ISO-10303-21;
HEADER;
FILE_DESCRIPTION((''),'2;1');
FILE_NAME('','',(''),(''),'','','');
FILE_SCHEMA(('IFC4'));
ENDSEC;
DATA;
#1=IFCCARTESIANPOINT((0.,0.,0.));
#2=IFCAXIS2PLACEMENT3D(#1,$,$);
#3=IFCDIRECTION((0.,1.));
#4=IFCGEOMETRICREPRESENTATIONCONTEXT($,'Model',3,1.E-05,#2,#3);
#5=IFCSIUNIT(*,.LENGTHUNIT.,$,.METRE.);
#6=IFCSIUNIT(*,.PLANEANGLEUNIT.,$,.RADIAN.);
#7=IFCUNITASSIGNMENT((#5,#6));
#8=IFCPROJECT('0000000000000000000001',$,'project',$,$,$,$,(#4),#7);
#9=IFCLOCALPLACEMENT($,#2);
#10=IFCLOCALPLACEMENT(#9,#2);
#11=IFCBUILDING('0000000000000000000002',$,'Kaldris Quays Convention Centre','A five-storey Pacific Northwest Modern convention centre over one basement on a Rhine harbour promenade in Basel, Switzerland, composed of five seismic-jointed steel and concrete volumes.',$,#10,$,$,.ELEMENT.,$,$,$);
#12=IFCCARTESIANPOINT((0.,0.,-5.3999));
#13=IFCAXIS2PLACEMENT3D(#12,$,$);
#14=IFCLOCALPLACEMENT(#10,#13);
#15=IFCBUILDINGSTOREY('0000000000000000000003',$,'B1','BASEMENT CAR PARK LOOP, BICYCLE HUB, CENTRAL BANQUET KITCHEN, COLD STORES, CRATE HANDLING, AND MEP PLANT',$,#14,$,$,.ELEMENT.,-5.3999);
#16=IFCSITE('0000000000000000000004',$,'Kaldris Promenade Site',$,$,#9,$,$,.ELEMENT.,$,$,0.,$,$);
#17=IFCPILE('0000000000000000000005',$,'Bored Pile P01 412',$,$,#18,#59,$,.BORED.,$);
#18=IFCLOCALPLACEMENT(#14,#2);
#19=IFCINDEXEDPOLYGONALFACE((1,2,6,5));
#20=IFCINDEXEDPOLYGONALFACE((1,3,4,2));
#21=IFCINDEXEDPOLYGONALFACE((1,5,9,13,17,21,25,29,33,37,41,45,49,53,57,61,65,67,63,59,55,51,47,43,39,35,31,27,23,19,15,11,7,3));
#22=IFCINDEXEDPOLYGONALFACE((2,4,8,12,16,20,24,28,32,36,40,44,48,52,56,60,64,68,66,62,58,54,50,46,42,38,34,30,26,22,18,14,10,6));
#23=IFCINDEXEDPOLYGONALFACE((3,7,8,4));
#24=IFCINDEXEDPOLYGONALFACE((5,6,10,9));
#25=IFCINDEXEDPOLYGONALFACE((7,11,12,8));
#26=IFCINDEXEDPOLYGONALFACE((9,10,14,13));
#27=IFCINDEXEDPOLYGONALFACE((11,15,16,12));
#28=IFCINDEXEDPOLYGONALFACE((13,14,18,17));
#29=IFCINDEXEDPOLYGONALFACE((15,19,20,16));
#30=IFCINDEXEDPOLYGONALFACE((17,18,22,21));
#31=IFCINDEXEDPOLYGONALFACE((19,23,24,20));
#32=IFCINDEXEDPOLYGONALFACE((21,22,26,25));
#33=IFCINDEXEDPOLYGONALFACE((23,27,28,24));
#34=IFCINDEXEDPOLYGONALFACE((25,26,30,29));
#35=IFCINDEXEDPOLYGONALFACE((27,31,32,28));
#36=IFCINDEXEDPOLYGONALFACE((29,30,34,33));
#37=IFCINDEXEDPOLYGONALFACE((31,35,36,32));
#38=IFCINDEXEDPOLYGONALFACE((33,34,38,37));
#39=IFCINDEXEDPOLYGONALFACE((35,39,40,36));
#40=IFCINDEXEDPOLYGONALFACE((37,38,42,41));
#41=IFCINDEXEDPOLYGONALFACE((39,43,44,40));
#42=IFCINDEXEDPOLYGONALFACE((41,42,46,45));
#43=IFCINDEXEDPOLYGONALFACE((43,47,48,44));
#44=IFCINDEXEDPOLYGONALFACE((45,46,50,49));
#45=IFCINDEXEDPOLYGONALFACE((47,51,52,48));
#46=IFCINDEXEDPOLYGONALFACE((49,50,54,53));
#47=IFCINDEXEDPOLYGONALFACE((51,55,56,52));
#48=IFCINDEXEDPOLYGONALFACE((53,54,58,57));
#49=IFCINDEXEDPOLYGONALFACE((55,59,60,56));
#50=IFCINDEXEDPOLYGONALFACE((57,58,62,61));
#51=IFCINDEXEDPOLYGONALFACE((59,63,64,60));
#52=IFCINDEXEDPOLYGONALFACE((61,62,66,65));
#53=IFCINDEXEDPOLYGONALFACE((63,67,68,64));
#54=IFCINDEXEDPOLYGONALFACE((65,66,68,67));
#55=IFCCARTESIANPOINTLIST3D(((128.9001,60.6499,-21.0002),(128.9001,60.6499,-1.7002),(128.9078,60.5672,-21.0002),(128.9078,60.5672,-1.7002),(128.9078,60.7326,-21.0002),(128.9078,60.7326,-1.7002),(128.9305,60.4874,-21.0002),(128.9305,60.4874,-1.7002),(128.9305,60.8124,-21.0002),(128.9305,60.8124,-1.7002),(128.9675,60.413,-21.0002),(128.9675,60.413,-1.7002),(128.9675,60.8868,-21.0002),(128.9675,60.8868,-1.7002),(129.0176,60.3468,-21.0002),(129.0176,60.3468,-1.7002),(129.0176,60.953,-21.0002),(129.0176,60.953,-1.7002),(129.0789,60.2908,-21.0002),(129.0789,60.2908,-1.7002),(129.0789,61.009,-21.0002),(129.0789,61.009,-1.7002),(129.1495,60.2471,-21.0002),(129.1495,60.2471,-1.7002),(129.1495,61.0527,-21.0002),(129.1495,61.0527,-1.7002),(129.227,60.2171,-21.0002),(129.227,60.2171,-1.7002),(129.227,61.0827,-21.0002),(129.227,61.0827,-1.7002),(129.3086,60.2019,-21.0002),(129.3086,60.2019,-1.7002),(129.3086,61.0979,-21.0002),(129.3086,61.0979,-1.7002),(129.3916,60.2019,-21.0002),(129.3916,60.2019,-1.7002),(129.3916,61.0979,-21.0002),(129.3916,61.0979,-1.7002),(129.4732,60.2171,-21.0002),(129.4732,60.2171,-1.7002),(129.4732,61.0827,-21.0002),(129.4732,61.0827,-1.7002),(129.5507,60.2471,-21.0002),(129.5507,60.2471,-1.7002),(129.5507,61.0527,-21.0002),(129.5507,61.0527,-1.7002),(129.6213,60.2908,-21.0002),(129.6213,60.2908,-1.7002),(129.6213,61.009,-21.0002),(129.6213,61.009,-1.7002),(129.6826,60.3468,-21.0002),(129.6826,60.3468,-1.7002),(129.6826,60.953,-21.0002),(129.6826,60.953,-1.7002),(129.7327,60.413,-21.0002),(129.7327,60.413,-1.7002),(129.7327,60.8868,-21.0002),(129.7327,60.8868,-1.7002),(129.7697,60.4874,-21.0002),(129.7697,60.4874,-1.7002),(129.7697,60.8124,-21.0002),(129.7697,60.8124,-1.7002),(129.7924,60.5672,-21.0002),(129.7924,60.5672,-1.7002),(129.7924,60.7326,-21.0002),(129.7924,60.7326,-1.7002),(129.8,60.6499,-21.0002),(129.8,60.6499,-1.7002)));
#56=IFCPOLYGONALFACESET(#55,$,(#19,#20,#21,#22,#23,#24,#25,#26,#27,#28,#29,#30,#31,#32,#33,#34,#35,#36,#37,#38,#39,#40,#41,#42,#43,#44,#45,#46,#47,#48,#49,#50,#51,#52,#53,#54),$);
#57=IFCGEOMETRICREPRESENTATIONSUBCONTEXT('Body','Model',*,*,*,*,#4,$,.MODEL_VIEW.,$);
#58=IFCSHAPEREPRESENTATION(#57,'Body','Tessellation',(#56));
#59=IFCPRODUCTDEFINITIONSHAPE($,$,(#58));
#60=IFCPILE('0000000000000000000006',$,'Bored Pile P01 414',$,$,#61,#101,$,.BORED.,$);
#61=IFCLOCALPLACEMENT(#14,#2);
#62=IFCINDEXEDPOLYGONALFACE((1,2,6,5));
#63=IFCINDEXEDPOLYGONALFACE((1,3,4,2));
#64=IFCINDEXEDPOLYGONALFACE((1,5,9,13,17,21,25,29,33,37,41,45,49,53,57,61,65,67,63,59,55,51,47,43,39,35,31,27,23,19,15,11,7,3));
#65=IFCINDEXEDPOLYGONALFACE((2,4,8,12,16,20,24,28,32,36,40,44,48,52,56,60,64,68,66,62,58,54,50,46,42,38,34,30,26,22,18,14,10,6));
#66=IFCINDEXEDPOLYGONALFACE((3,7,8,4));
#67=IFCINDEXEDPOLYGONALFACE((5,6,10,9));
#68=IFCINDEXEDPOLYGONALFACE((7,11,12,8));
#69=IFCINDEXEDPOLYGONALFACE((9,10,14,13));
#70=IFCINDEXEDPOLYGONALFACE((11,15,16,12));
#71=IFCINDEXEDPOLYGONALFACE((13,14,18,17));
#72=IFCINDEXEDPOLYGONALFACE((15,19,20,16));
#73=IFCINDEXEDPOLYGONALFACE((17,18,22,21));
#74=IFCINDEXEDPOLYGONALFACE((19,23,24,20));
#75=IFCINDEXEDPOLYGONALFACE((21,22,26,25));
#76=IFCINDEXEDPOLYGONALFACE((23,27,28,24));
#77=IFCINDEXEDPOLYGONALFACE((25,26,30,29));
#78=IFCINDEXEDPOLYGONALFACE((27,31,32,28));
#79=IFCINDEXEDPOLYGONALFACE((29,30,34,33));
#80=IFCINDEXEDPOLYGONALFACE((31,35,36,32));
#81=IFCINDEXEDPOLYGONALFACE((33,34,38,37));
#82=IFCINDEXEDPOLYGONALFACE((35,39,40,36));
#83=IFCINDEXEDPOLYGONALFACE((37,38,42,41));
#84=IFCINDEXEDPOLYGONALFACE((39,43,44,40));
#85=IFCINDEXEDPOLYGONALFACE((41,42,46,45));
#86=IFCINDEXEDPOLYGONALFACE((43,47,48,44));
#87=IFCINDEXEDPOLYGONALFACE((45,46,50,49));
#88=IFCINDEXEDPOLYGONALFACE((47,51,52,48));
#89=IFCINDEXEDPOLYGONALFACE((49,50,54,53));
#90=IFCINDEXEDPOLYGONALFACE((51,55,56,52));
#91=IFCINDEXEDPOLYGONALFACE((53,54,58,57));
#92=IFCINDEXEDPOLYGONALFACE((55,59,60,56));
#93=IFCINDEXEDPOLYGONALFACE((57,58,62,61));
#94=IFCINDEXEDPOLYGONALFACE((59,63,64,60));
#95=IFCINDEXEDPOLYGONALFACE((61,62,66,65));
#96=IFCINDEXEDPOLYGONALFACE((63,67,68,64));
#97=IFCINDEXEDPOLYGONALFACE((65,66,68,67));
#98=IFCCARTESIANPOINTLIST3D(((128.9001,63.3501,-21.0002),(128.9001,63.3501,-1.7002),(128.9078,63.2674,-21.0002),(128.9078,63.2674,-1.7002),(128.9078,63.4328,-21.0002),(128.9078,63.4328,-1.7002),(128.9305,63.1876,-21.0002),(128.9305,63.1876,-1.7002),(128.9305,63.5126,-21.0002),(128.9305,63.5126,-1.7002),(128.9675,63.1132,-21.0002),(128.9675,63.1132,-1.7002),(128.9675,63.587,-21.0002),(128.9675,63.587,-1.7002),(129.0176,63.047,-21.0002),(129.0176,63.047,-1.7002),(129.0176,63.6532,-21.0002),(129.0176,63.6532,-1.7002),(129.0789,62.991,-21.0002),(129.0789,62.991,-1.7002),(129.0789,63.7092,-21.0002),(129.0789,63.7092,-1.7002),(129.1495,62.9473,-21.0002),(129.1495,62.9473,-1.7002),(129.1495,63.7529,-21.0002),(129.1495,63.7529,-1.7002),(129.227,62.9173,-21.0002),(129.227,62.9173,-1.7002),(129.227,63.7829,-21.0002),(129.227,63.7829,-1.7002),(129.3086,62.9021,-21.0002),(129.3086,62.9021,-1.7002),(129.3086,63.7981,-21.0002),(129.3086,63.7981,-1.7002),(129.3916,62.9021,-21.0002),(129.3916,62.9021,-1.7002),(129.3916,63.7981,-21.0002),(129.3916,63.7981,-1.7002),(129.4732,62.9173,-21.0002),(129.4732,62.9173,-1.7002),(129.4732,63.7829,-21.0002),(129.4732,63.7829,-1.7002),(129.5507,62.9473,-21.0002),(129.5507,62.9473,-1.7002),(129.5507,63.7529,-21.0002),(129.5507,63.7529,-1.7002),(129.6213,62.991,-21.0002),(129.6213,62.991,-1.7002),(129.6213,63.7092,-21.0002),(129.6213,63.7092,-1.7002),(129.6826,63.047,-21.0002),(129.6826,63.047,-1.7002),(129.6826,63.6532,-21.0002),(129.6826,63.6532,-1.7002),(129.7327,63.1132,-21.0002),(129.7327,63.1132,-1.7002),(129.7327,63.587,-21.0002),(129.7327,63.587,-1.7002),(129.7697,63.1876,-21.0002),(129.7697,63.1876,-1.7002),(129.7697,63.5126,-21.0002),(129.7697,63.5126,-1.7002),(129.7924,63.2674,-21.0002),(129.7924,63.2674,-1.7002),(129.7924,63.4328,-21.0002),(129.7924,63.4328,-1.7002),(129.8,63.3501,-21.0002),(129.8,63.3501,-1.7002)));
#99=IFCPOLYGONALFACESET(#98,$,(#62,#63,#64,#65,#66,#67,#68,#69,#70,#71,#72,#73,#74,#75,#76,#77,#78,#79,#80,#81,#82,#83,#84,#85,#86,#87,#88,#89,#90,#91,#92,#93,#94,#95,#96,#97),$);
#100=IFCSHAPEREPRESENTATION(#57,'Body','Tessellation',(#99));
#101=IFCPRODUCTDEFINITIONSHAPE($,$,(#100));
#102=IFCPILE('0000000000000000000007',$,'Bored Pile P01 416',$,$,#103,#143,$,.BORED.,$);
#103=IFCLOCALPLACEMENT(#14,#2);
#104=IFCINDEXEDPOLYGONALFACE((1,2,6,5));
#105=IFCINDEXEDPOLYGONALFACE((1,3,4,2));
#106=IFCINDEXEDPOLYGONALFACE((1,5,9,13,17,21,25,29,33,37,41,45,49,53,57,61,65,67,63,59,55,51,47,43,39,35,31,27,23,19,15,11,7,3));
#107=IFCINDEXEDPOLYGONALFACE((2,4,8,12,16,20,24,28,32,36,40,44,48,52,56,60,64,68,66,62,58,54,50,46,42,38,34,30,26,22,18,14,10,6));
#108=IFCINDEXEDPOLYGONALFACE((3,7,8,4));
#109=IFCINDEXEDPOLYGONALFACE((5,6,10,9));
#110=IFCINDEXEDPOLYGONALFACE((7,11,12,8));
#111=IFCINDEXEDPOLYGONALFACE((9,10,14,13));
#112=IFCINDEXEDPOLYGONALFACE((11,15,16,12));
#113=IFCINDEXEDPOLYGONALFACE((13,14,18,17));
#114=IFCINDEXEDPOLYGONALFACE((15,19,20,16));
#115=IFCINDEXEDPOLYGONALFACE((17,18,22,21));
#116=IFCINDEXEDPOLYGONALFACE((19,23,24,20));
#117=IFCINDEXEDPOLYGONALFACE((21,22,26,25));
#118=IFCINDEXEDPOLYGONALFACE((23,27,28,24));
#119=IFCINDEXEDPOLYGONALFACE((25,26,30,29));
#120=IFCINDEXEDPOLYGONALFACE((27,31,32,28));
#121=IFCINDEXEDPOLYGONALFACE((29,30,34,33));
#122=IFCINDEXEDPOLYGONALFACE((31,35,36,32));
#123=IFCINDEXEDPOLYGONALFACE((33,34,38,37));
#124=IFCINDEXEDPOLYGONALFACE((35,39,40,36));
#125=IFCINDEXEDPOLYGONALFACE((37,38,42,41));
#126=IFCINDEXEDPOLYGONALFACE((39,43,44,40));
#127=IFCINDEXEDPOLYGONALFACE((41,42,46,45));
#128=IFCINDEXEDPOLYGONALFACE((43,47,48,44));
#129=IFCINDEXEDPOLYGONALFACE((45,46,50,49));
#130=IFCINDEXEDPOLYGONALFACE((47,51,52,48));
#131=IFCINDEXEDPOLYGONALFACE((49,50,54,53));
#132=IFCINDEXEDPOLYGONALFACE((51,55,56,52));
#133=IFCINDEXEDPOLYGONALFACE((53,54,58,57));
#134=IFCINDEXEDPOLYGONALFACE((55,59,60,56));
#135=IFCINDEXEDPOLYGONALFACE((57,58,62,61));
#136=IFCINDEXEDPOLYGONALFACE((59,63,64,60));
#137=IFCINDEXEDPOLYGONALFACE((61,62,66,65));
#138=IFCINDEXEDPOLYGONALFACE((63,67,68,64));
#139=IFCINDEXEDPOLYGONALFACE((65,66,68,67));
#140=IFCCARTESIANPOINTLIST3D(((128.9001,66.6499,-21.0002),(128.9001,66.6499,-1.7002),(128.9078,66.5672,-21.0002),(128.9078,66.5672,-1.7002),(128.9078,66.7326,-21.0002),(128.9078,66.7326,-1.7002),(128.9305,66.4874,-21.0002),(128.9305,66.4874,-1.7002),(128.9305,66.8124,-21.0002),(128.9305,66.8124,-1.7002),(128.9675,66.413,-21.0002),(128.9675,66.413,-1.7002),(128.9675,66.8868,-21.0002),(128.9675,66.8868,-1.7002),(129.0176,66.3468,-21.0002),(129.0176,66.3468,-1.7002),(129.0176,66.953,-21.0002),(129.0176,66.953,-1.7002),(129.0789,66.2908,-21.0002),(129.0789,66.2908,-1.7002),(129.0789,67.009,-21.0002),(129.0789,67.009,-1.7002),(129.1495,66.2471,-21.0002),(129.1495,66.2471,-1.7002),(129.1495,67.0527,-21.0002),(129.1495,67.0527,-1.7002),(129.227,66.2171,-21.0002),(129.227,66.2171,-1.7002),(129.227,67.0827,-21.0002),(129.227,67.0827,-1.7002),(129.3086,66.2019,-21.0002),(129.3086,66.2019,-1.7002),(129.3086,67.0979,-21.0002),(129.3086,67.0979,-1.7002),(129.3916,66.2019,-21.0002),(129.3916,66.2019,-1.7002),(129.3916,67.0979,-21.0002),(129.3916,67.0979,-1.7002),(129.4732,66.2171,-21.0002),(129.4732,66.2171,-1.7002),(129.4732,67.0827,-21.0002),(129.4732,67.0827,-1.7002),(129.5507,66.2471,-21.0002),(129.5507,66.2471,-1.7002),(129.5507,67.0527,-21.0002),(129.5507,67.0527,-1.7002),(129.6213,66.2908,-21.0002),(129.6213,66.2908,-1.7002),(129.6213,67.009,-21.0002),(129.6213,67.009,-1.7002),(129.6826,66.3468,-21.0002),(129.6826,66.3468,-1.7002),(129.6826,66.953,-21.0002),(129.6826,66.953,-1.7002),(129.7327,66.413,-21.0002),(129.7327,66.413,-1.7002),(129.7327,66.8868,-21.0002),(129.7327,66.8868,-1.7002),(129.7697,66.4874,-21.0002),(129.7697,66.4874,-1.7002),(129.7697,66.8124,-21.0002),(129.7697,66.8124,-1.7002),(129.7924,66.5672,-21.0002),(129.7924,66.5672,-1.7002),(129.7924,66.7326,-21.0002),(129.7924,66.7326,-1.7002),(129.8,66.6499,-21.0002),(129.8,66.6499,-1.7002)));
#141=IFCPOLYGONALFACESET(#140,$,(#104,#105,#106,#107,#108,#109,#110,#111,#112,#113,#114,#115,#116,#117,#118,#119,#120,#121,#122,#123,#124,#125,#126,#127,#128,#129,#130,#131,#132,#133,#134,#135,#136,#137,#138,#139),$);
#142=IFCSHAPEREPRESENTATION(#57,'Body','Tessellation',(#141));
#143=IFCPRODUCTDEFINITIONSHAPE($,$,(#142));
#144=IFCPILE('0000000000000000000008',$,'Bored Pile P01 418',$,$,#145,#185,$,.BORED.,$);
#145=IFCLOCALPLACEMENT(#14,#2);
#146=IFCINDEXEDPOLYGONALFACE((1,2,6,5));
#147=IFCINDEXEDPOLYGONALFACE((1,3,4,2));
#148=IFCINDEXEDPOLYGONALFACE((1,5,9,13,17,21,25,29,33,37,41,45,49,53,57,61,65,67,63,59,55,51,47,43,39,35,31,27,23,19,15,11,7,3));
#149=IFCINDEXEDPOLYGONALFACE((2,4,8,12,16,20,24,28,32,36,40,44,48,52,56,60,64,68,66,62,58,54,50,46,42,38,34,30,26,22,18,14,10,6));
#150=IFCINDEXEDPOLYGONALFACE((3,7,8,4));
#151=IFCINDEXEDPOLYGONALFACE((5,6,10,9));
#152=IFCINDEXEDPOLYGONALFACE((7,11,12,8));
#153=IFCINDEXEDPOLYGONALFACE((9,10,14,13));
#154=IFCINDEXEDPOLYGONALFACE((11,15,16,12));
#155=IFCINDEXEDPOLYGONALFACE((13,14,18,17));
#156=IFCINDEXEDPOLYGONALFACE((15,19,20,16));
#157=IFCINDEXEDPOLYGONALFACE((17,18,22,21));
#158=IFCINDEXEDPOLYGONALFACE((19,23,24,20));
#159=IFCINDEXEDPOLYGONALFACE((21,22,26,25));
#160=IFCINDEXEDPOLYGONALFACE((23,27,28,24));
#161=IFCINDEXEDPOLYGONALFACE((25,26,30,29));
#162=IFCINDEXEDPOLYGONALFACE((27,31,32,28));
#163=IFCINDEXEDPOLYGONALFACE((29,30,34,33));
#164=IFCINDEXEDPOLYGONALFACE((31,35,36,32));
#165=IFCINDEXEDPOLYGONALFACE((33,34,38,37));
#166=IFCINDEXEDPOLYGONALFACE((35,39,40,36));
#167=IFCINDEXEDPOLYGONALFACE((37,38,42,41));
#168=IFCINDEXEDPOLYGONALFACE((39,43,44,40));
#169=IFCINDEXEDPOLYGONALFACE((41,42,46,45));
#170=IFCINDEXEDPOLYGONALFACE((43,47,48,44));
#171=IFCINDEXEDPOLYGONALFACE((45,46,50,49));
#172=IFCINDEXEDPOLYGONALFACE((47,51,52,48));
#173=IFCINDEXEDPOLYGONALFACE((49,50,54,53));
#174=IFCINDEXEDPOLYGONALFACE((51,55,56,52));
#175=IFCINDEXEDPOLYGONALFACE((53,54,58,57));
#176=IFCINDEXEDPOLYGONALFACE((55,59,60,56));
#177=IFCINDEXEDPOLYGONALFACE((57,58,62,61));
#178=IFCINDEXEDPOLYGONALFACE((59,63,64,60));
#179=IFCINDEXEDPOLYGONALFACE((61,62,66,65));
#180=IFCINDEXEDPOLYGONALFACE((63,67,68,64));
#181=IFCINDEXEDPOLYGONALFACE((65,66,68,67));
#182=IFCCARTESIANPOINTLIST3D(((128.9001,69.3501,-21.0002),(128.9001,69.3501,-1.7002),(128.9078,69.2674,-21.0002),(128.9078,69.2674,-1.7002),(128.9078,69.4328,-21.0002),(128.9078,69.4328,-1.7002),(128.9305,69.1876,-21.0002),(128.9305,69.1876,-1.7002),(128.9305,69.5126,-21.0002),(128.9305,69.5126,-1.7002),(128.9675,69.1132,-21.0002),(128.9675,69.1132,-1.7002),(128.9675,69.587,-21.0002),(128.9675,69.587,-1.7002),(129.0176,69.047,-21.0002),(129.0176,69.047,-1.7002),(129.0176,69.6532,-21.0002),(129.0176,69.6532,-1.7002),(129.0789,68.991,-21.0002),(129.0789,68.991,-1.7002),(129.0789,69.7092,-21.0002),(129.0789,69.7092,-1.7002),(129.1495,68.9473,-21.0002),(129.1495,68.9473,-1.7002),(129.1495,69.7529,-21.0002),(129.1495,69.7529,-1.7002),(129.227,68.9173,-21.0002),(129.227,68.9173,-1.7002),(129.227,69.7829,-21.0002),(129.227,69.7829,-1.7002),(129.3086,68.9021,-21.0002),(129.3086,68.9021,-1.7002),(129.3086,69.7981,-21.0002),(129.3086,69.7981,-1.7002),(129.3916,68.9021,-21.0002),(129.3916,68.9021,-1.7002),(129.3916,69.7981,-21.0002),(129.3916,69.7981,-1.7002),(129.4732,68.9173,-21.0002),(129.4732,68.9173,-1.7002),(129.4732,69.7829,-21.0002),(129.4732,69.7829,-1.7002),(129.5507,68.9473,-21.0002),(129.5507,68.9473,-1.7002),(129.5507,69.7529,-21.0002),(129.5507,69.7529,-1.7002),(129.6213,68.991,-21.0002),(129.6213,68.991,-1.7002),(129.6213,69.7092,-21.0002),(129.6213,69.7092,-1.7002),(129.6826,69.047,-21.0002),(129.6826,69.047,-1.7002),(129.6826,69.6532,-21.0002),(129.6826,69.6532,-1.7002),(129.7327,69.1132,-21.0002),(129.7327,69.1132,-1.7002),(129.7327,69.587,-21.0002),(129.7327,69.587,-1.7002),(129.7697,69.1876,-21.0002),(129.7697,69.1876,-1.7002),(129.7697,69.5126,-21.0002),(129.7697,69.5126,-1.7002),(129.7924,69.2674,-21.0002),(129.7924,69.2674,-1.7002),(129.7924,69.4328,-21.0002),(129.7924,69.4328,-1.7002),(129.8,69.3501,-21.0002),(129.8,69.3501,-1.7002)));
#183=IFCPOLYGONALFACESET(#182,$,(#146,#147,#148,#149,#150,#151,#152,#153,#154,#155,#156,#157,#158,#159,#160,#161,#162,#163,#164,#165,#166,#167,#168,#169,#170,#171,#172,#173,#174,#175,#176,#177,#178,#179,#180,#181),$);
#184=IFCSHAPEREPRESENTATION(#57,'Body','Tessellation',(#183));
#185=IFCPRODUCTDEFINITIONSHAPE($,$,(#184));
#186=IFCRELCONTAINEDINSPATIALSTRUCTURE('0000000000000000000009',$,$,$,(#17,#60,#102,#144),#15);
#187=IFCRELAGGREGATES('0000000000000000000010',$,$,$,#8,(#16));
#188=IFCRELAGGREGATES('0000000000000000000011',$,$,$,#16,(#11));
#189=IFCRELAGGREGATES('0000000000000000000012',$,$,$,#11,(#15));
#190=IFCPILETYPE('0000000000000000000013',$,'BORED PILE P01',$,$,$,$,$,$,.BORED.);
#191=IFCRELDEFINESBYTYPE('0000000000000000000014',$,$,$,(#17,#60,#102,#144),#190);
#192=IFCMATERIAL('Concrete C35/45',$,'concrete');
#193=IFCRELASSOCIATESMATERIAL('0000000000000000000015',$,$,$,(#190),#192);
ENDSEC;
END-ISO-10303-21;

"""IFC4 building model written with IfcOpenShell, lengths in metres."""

from ifc_helpers import new_model, si_unit, direction, frame, origin, origin_2d, place, context, subcontext, project, spatial, circle, extrude, material, material_profile, profile_set, type_object, element, save


model = new_model("IFC4")

# Units and contexts
model_context = context("Model", 3, precision=1e-05, world=origin(), true_north=direction((0.0, 1.0)))
body_context = subcontext(model_context, "Body", "Model", "MODEL_VIEW")
ifc_project = project(units=[si_unit("LENGTHUNIT", "METRE"), si_unit("PLANEANGLEUNIT", "RADIAN")], contexts=[model_context])

# Site, building, storey
site_placement = place(None, origin())
site = spatial("IfcSite", under=ifc_project, at=site_placement, Name="Kaldris Promenade Site", CompositionType="ELEMENT", RefElevation=0.0)
building_placement = place(site_placement, origin())
building = spatial("IfcBuilding", under=site, at=building_placement, Name="Kaldris Quays Convention Centre", Description="A five-storey Pacific Northwest Modern convention centre over one basement on a Rhine harbour promenade in Basel, Switzerland, composed of five seismic-jointed steel and concrete volumes.", CompositionType="ELEMENT")
storey_placement = place(building_placement, frame((0.0, 0.0, -5.3999)))
storey = spatial("IfcBuildingStorey", under=building, at=storey_placement, Name="B1", Description="BASEMENT CAR PARK LOOP, BICYCLE HUB, CENTRAL BANQUET KITCHEN, COLD STORES, CRATE HANDLING, AND MEP PLANT", CompositionType="ELEMENT", Elevation=-5.3999)

# Piles
ifc_material_1 = material(Name="Concrete C35/45", Category="concrete")
ifc_material_profile_1 = material_profile(ifc_material_1, circle(Radius=0.45, at=origin_2d()), Name="BORED PILE D900")
ifc_profile_set_1 = profile_set([ifc_material_profile_1], Name="Concrete C35/45")
pile_type_1 = type_object("IfcPileType", Name="BORED PILE P01", PredefinedType="BORED", material=ifc_profile_set_1)
for number, where, z_axis, x_axis, name in (
    (1, (129.3501, 60.6499, -1.7002), (0.0, 0.0, -1.0), (1.0, 0.0, 0.0), "Bored Pile P01 412"),
    (2, (129.3501, 63.3501, -1.7002), (0.0, 0.0, -1.0), (1.0, 0.0, 0.0), "Bored Pile P01 414"),
    (3, (129.3501, 66.6499, -1.7002), (0.0, 0.0, -1.0), (1.0, 0.0, 0.0), "Bored Pile P01 416"),
    (4, (129.3501, 69.3501, -1.7002), (0.0, 0.0, -1.0), (1.0, 0.0, 0.0), "Bored Pile P01 418"),
):
    element("IfcPile", number, at=place(storey_placement, frame(where, z_axis=z_axis, x_axis=x_axis)), inside=storey, type_object=pile_type_1, Name=name, PredefinedType="BORED", context=body_context, shape_type="SweptSolid", body=[
        extrude(circle(Radius=0.45, at=origin_2d()), origin(), (0.0, 0.0, 1.0), 19.3),
    ])

save(model, "model.ifc")
